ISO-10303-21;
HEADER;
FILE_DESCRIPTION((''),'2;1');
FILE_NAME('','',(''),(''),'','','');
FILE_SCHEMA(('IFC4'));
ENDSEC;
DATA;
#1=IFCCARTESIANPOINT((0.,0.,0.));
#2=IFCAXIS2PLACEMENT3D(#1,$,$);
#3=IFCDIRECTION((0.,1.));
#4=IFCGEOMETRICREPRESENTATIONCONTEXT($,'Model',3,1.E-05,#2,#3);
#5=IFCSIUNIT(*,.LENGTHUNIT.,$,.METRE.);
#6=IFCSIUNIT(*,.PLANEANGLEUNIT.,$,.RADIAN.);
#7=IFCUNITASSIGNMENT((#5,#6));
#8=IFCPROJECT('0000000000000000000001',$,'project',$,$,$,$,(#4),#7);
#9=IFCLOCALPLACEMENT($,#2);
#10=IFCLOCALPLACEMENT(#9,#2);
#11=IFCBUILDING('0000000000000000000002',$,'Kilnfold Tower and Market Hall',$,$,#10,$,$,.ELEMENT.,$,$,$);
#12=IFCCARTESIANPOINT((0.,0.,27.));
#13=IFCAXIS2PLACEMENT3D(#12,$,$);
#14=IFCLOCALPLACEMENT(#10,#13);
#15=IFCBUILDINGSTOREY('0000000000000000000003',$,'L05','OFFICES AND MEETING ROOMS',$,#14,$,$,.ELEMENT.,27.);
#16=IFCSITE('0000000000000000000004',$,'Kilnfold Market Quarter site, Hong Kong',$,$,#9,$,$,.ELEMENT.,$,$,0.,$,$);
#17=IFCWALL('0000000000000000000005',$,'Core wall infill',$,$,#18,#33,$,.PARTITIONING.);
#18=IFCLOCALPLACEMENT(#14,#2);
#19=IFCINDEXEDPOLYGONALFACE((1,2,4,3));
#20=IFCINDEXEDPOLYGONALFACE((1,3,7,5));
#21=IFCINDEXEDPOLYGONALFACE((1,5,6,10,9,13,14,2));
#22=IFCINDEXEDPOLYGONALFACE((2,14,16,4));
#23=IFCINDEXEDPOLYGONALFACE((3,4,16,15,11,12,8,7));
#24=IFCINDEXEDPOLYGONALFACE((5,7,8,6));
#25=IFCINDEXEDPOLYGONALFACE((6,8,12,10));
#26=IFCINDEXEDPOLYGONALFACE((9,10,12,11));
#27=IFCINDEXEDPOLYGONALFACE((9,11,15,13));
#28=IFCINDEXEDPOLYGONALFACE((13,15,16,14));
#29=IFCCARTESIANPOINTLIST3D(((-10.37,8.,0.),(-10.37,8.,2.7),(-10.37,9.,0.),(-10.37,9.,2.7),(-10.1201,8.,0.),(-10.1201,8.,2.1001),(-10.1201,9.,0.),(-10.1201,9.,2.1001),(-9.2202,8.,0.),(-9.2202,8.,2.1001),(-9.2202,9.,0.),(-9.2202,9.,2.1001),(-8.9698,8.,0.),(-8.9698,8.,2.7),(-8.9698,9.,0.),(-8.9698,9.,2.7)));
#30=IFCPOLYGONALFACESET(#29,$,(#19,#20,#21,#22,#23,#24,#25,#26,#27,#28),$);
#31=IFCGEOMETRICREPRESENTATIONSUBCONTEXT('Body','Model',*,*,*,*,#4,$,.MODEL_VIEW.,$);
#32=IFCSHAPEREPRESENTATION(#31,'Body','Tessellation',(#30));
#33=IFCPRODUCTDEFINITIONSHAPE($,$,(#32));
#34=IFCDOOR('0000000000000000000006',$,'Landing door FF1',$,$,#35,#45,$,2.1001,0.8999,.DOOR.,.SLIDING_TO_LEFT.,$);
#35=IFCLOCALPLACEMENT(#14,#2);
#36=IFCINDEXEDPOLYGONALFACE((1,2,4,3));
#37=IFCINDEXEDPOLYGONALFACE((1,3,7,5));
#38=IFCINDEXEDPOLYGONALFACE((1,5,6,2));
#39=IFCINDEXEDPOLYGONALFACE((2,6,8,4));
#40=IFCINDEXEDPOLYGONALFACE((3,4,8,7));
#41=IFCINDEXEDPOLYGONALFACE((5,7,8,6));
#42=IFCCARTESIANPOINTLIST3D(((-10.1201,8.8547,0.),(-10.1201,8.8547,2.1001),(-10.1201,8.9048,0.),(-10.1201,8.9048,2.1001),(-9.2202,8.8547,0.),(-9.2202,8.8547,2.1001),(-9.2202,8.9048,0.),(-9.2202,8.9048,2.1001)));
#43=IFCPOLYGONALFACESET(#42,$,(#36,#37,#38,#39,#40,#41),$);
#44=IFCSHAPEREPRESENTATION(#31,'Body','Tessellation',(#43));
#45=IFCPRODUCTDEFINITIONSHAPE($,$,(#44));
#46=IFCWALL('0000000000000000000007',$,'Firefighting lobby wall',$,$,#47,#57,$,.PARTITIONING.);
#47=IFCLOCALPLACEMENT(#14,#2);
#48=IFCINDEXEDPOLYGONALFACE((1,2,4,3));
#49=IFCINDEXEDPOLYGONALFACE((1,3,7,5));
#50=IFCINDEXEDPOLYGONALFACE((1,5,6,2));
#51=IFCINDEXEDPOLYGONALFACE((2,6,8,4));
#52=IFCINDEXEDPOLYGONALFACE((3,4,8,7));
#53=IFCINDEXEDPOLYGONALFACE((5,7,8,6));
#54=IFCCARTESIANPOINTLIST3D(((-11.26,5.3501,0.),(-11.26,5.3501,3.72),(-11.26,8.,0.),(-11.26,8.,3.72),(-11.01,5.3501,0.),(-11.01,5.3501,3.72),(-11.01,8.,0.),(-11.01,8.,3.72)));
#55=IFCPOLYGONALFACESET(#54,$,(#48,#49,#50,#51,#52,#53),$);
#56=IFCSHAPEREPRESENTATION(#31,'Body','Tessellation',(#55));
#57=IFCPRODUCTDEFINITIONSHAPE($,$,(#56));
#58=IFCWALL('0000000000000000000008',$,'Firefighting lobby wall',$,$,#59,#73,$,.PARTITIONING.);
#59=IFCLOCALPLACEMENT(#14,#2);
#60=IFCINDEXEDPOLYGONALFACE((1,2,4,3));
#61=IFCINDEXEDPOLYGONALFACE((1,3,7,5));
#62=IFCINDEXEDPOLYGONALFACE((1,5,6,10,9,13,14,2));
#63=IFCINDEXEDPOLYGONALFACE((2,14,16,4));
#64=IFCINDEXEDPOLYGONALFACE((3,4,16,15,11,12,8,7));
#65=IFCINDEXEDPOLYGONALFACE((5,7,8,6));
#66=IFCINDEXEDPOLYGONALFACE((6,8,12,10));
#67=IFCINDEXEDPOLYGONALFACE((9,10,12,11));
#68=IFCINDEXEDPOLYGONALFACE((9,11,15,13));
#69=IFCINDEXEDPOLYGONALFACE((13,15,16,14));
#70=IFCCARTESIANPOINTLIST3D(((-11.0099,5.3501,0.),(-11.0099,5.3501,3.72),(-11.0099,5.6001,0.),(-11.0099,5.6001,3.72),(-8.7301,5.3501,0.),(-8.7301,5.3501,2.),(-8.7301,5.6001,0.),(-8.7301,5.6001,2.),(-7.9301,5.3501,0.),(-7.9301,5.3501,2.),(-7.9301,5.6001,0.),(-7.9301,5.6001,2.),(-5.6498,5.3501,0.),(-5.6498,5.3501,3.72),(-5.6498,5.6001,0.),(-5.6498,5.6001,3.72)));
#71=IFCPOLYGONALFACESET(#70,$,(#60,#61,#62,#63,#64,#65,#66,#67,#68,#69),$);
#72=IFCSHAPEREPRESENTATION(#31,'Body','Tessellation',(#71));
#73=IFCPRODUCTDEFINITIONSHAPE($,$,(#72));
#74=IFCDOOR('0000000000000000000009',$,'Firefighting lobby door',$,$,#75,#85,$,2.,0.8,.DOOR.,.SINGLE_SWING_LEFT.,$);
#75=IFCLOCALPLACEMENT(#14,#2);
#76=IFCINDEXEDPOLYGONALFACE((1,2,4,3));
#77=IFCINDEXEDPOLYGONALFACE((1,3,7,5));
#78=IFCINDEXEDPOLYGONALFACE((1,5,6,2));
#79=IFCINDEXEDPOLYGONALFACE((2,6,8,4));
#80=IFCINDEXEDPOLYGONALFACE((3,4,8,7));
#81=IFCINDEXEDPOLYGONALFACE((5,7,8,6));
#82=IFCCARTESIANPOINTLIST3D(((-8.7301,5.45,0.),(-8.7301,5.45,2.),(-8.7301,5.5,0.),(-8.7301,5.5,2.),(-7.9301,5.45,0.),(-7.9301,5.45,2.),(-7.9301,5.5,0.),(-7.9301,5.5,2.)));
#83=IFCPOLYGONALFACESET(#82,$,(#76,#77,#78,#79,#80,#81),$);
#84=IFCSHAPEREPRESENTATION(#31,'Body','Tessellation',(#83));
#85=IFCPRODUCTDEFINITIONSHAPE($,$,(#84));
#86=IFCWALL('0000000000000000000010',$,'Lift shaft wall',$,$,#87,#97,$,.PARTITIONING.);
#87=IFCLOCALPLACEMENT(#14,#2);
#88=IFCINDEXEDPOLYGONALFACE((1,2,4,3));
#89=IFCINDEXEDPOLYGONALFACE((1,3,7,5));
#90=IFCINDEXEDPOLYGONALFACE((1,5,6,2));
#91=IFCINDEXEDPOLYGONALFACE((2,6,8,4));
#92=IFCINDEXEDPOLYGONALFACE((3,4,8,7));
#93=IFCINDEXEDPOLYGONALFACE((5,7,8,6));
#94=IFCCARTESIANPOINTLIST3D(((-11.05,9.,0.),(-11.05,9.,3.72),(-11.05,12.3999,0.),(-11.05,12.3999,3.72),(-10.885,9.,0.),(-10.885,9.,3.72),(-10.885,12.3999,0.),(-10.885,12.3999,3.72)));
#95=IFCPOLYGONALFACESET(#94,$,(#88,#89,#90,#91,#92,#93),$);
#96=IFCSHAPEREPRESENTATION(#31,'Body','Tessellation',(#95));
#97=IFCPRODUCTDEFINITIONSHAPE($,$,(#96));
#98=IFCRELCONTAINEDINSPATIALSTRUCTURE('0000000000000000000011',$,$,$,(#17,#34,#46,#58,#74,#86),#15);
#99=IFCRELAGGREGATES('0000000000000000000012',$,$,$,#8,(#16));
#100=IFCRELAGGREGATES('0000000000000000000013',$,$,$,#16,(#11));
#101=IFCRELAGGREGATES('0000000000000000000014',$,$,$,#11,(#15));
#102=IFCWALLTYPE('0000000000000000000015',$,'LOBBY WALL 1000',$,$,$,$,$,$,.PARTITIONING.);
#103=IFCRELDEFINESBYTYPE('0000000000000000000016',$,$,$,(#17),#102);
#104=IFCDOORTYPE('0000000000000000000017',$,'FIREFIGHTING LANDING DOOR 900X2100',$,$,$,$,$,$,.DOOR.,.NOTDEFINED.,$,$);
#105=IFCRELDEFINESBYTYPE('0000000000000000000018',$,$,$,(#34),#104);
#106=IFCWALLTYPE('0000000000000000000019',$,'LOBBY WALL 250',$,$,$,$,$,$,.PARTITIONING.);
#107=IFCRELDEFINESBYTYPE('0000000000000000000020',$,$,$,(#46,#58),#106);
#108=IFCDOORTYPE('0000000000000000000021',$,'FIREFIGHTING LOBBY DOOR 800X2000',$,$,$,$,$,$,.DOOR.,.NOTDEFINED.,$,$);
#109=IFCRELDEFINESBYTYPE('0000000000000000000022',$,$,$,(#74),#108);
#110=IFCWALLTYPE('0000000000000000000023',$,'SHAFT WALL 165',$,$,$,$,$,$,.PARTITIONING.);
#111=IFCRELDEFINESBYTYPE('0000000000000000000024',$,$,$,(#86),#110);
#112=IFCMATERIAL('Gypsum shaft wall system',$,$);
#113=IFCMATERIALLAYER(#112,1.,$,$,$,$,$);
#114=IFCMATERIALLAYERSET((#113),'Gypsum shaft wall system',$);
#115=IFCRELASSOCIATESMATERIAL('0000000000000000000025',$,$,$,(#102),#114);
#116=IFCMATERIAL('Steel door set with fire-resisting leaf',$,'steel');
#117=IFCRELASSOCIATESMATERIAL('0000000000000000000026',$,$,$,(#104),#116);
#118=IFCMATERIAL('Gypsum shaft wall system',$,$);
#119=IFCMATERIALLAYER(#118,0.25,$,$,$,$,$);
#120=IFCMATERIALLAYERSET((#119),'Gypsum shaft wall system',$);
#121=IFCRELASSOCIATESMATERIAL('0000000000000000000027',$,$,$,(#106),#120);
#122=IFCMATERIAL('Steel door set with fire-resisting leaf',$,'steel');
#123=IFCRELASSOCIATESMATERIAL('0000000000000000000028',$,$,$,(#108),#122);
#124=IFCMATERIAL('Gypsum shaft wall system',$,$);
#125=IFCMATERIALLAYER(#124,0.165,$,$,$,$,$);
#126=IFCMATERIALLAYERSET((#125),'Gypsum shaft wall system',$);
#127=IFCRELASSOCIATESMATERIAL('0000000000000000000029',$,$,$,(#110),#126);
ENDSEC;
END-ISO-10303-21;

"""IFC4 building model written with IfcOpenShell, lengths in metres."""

from ifc_helpers import new_model, si_unit, direction, frame, frame_2d, origin, place, context, subcontext, project, spatial, rectangle, extrude, source, transform, mapped, material, layer, layer_set, type_object, element, fill, save


model = new_model("IFC4")

# Units and contexts
model_context = context("Model", 3, precision=1e-05, world=origin(), true_north=direction((0.0, 1.0)))
body_context = subcontext(model_context, "Body", "Model", "MODEL_VIEW")
ifc_project = project(units=[si_unit("LENGTHUNIT", "METRE"), si_unit("PLANEANGLEUNIT", "RADIAN")], contexts=[model_context])

# Site, building, storey
site_placement = place(None, origin())
site = spatial("IfcSite", under=ifc_project, at=site_placement, Name="Kilnfold Market Quarter site, Hong Kong", CompositionType="ELEMENT", RefElevation=0.0)
building_placement = place(site_placement, origin())
building = spatial("IfcBuilding", under=site, at=building_placement, Name="Kilnfold Tower and Market Hall", CompositionType="ELEMENT")
storey_placement = place(building_placement, frame((0.0, 0.0, 27.0)))
storey = spatial("IfcBuildingStorey", under=building, at=storey_placement, Name="L05", Description="OFFICES AND MEETING ROOMS", CompositionType="ELEMENT", Elevation=27.0)

# Wall, opening, door
ifc_material_1 = material(Name="Gypsum shaft wall system")
ifc_layer_1 = layer(ifc_material_1, 1.0)
ifc_layer_set_1 = layer_set([ifc_layer_1], Name="Gypsum shaft wall system")
wall_type_1 = type_object("IfcWallType", Name="LOBBY WALL 1000", PredefinedType="PARTITIONING", material=ifc_layer_set_1)
shared_shape_1 = source(origin(), body_context, "Body", "SweptSolid", [
    extrude(rectangle(XDim=1.4001, YDim=1.0, at=frame_2d((0.7002, 0.0))), origin(), (0.0, 0.0, 1.0), 2.7),
])
wall_1_placement = place(storey_placement, frame((-10.3701, 8.5, 0.0), z_axis=(0.0, 0.0, 1.0), x_axis=(1.0, 0.0, 0.0)))
wall_1 = element("IfcWall", 1, at=wall_1_placement, inside=storey, type_object=wall_type_1, Name="Core wall infill", PredefinedType="PARTITIONING", context=body_context, shape_type="MappedRepresentation", body=[
    mapped(shared_shape_1, transform((0.0, 0.0, 0.0))),
])
opening_1_placement = place(wall_1_placement, frame((0.25, 0.0, 0.0)))
opening_1 = element("IfcOpeningElement", 2, at=opening_1_placement, cuts=wall_1, PredefinedType="OPENING", context=body_context, shape_type="SweptSolid", body=[
    extrude(rectangle(XDim=0.8999, YDim=2.1001, at=frame_2d((0.45, 1.05))), frame((0.0, 0.51, 0.0), z_axis=(0.0, -1.0, 0.0), x_axis=(1.0, 0.0, 0.0)), (0.0, 0.0, 1.0), 1.02),
])
ifc_material_2 = material(Name="Steel door set with fire-resisting leaf", Category="steel")
door_type_1 = type_object("IfcDoorType", Name="FIREFIGHTING LANDING DOOR 900X2100", OperationType="NOTDEFINED", PredefinedType="DOOR", material=ifc_material_2)
door_1_placement = place(opening_1_placement, origin())
door_1 = element("IfcDoor", 3, at=door_1_placement, inside=storey, type_object=door_type_1, Name="Landing door FF1", OperationType="SLIDING_TO_LEFT", OverallHeight=2.1001, OverallWidth=0.8999, PredefinedType="DOOR", context=body_context, shape_type="SweptSolid", body=[
    extrude(rectangle(XDim=0.8999, YDim=2.1001, at=frame_2d((0.45, 1.05))), frame((0.0, 0.4048, 0.0), z_axis=(0.0, -1.0, 0.0), x_axis=(1.0, 0.0, 0.0)), (0.0, 0.0, 1.0), 0.05),
])
fill(opening_1, door_1)

# Wall
ifc_material_3 = material(Name="Gypsum shaft wall system")
ifc_layer_2 = layer(ifc_material_3, 0.25)
ifc_layer_set_2 = layer_set([ifc_layer_2], Name="Gypsum shaft wall system")
wall_type_2 = type_object("IfcWallType", Name="LOBBY WALL 250", PredefinedType="PARTITIONING", material=ifc_layer_set_2)
shared_shape_2 = source(origin(), body_context, "Body", "SweptSolid", [
    extrude(rectangle(XDim=2.6499, YDim=0.25, at=frame_2d((1.325, 0.0))), origin(), (0.0, 0.0, 1.0), 3.72),
])
wall_2_placement = place(storey_placement, frame((-11.135, 5.3501, 0.0), z_axis=(0.0, 0.0, 1.0), x_axis=(0.0, 1.0, 0.0)))
element("IfcWall", 4, at=wall_2_placement, inside=storey, type_object=wall_type_2, Name="Firefighting lobby wall", PredefinedType="PARTITIONING", context=body_context, shape_type="MappedRepresentation", body=[
    mapped(shared_shape_2, transform((0.0, 0.0, 0.0))),
])

# Wall, opening, door
shared_shape_3 = source(origin(), body_context, "Body", "SweptSolid", [
    extrude(rectangle(XDim=5.3601, YDim=0.25, at=frame_2d((2.6802, 0.0))), origin(), (0.0, 0.0, 1.0), 3.72),
])
wall_3_placement = place(storey_placement, frame((-11.01, 5.4751, 0.0), z_axis=(0.0, 0.0, 1.0), x_axis=(1.0, 0.0, 0.0)))
wall_3 = element("IfcWall", 5, at=wall_3_placement, inside=storey, type_object=wall_type_2, Name="Firefighting lobby wall", PredefinedType="PARTITIONING", context=body_context, shape_type="MappedRepresentation", body=[
    mapped(shared_shape_3, transform((0.0, 0.0, 0.0))),
])
opening_2_placement = place(wall_3_placement, frame((2.28, 0.0, 0.0)))
opening_2 = element("IfcOpeningElement", 6, at=opening_2_placement, cuts=wall_3, PredefinedType="OPENING", context=body_context, shape_type="SweptSolid", body=[
    extrude(rectangle(XDim=0.8, YDim=2.0, at=frame_2d((0.3999, 1.0))), frame((0.0, 0.135, 0.0), z_axis=(0.0, -1.0, 0.0), x_axis=(1.0, 0.0, 0.0)), (0.0, 0.0, 1.0), 0.27),
])
ifc_material_4 = material(Name="Steel door set with fire-resisting leaf", Category="steel")
door_type_2 = type_object("IfcDoorType", Name="FIREFIGHTING LOBBY DOOR 800X2000", OperationType="NOTDEFINED", PredefinedType="DOOR", material=ifc_material_4)
door_2_placement = place(opening_2_placement, origin())
door_2 = element("IfcDoor", 7, at=door_2_placement, inside=storey, type_object=door_type_2, Name="Firefighting lobby door", OperationType="SINGLE_SWING_LEFT", OverallHeight=2.0, OverallWidth=0.8, PredefinedType="DOOR", context=body_context, shape_type="SweptSolid", body=[
    extrude(rectangle(XDim=0.8, YDim=2.0, at=frame_2d((0.3999, 1.0))), frame((0.0, 0.0249, 0.0), z_axis=(0.0, -1.0, 0.0), x_axis=(1.0, 0.0, 0.0)), (0.0, 0.0, 1.0), 0.05),
])
fill(opening_2, door_2)

# Wall
ifc_material_5 = material(Name="Gypsum shaft wall system")
ifc_layer_3 = layer(ifc_material_5, 0.165)
ifc_layer_set_3 = layer_set([ifc_layer_3], Name="Gypsum shaft wall system")
wall_type_3 = type_object("IfcWallType", Name="SHAFT WALL 165", PredefinedType="PARTITIONING", material=ifc_layer_set_3)
shared_shape_4 = source(origin(), body_context, "Body", "SweptSolid", [
    extrude(rectangle(XDim=3.3999, YDim=0.165, at=frame_2d((1.7, 0.0))), origin(), (0.0, 0.0, 1.0), 3.72),
])
wall_4_placement = place(storey_placement, frame((-10.9675, 9.0, 0.0), z_axis=(0.0, 0.0, 1.0), x_axis=(0.0, 1.0, 0.0)))
element("IfcWall", 8, at=wall_4_placement, inside=storey, type_object=wall_type_3, Name="Lift shaft wall", PredefinedType="PARTITIONING", context=body_context, shape_type="MappedRepresentation", body=[
    mapped(shared_shape_4, transform((0.0, 0.0, 0.0))),
])

save(model, "model.ifc")
